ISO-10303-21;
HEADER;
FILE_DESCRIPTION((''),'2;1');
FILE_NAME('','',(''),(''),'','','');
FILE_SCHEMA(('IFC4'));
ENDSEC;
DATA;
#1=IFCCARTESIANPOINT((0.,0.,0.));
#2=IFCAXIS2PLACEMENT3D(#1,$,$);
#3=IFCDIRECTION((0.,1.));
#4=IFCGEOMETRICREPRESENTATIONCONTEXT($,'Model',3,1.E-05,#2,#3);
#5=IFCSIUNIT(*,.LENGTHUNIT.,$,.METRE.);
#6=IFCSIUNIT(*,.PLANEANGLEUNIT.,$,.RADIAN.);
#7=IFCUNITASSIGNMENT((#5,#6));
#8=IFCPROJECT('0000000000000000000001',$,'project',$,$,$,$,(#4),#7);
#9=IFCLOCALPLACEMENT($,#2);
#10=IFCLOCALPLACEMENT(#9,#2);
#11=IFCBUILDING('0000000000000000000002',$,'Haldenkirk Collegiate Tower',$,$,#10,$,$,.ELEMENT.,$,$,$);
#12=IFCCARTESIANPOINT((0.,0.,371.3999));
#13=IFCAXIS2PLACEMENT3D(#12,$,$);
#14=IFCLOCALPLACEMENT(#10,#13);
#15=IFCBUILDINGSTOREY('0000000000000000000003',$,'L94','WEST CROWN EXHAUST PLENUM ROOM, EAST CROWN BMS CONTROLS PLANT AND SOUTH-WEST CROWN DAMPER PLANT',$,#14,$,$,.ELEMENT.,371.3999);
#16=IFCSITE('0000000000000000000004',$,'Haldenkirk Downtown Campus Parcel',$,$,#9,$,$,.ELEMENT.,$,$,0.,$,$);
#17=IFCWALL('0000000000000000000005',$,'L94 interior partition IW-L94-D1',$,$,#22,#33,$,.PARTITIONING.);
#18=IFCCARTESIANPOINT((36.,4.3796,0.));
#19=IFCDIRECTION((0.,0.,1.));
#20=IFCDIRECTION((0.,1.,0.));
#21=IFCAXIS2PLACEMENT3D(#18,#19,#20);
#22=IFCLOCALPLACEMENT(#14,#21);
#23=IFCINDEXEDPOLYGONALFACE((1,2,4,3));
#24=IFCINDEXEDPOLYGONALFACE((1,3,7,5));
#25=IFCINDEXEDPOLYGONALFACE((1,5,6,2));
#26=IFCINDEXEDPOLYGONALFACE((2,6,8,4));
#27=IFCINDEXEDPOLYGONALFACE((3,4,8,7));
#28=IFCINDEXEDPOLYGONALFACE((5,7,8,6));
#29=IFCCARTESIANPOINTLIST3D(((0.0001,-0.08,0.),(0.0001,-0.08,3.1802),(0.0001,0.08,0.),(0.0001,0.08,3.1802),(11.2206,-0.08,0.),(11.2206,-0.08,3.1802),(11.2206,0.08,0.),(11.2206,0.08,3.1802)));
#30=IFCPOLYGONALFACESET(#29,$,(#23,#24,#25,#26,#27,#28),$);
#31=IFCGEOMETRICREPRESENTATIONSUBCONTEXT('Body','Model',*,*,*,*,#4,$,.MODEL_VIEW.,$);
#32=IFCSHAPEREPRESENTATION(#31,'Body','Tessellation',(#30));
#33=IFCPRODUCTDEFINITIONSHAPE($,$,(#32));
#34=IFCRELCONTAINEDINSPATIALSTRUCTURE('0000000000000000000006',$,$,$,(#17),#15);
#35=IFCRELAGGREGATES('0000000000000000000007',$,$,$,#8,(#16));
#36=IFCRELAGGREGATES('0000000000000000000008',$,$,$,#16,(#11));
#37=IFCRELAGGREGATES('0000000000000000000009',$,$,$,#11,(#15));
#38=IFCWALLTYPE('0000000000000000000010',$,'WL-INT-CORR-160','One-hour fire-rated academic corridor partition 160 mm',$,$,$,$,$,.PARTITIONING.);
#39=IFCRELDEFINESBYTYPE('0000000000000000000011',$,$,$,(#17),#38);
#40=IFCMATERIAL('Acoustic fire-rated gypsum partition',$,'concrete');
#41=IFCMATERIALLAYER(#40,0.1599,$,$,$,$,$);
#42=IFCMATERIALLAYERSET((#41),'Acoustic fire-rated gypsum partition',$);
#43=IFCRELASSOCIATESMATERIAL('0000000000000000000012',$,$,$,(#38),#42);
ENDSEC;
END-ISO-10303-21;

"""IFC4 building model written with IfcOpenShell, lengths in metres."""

from ifc_helpers import new_model, si_unit, direction, frame, frame_2d, origin, place, context, subcontext, project, spatial, rectangle, extrude, material, layer, layer_set, type_object, element, save


model = new_model("IFC4")

# Units and contexts
model_context = context("Model", 3, precision=1e-05, world=origin(), true_north=direction((0.0, 1.0)))
body_context = subcontext(model_context, "Body", "Model", "MODEL_VIEW")
ifc_project = project(units=[si_unit("LENGTHUNIT", "METRE"), si_unit("PLANEANGLEUNIT", "RADIAN")], contexts=[model_context])

# Site, building, storey
site_placement = place(None, origin())
site = spatial("IfcSite", under=ifc_project, at=site_placement, Name="Haldenkirk Downtown Campus Parcel", CompositionType="ELEMENT", RefElevation=0.0)
building_placement = place(site_placement, origin())
building = spatial("IfcBuilding", under=site, at=building_placement, Name="Haldenkirk Collegiate Tower", CompositionType="ELEMENT")
storey_placement = place(building_placement, frame((0.0, 0.0, 371.3999)))
storey = spatial("IfcBuildingStorey", under=building, at=storey_placement, Name="L94", Description="WEST CROWN EXHAUST PLENUM ROOM, EAST CROWN BMS CONTROLS PLANT AND SOUTH-WEST CROWN DAMPER PLANT", CompositionType="ELEMENT", Elevation=371.3999)

# Wall
ifc_material_1 = material(Name="Acoustic fire-rated gypsum partition", Category="concrete")
ifc_layer_1 = layer(ifc_material_1, 0.1599)
ifc_layer_set_1 = layer_set([ifc_layer_1], Name="Acoustic fire-rated gypsum partition")
wall_type_1 = type_object("IfcWallType", Name="WL-INT-CORR-160", Description="One-hour fire-rated academic corridor partition 160 mm", PredefinedType="PARTITIONING", material=ifc_layer_set_1)
wall_1_placement = place(storey_placement, frame((36.0, 4.3796, 0.0), z_axis=(0.0, 0.0, 1.0), x_axis=(0.0, 1.0, 0.0)))
element("IfcWall", 1, at=wall_1_placement, inside=storey, type_object=wall_type_1, Name="L94 interior partition IW-L94-D1", PredefinedType="PARTITIONING", context=body_context, shape_type="SweptSolid", body=[
    extrude(rectangle(XDim=11.2205, YDim=0.1599, at=frame_2d((5.6104, 0.0))), origin(), (0.0, 0.0, 1.0), 3.1802),
])

save(model, "model.ifc")
